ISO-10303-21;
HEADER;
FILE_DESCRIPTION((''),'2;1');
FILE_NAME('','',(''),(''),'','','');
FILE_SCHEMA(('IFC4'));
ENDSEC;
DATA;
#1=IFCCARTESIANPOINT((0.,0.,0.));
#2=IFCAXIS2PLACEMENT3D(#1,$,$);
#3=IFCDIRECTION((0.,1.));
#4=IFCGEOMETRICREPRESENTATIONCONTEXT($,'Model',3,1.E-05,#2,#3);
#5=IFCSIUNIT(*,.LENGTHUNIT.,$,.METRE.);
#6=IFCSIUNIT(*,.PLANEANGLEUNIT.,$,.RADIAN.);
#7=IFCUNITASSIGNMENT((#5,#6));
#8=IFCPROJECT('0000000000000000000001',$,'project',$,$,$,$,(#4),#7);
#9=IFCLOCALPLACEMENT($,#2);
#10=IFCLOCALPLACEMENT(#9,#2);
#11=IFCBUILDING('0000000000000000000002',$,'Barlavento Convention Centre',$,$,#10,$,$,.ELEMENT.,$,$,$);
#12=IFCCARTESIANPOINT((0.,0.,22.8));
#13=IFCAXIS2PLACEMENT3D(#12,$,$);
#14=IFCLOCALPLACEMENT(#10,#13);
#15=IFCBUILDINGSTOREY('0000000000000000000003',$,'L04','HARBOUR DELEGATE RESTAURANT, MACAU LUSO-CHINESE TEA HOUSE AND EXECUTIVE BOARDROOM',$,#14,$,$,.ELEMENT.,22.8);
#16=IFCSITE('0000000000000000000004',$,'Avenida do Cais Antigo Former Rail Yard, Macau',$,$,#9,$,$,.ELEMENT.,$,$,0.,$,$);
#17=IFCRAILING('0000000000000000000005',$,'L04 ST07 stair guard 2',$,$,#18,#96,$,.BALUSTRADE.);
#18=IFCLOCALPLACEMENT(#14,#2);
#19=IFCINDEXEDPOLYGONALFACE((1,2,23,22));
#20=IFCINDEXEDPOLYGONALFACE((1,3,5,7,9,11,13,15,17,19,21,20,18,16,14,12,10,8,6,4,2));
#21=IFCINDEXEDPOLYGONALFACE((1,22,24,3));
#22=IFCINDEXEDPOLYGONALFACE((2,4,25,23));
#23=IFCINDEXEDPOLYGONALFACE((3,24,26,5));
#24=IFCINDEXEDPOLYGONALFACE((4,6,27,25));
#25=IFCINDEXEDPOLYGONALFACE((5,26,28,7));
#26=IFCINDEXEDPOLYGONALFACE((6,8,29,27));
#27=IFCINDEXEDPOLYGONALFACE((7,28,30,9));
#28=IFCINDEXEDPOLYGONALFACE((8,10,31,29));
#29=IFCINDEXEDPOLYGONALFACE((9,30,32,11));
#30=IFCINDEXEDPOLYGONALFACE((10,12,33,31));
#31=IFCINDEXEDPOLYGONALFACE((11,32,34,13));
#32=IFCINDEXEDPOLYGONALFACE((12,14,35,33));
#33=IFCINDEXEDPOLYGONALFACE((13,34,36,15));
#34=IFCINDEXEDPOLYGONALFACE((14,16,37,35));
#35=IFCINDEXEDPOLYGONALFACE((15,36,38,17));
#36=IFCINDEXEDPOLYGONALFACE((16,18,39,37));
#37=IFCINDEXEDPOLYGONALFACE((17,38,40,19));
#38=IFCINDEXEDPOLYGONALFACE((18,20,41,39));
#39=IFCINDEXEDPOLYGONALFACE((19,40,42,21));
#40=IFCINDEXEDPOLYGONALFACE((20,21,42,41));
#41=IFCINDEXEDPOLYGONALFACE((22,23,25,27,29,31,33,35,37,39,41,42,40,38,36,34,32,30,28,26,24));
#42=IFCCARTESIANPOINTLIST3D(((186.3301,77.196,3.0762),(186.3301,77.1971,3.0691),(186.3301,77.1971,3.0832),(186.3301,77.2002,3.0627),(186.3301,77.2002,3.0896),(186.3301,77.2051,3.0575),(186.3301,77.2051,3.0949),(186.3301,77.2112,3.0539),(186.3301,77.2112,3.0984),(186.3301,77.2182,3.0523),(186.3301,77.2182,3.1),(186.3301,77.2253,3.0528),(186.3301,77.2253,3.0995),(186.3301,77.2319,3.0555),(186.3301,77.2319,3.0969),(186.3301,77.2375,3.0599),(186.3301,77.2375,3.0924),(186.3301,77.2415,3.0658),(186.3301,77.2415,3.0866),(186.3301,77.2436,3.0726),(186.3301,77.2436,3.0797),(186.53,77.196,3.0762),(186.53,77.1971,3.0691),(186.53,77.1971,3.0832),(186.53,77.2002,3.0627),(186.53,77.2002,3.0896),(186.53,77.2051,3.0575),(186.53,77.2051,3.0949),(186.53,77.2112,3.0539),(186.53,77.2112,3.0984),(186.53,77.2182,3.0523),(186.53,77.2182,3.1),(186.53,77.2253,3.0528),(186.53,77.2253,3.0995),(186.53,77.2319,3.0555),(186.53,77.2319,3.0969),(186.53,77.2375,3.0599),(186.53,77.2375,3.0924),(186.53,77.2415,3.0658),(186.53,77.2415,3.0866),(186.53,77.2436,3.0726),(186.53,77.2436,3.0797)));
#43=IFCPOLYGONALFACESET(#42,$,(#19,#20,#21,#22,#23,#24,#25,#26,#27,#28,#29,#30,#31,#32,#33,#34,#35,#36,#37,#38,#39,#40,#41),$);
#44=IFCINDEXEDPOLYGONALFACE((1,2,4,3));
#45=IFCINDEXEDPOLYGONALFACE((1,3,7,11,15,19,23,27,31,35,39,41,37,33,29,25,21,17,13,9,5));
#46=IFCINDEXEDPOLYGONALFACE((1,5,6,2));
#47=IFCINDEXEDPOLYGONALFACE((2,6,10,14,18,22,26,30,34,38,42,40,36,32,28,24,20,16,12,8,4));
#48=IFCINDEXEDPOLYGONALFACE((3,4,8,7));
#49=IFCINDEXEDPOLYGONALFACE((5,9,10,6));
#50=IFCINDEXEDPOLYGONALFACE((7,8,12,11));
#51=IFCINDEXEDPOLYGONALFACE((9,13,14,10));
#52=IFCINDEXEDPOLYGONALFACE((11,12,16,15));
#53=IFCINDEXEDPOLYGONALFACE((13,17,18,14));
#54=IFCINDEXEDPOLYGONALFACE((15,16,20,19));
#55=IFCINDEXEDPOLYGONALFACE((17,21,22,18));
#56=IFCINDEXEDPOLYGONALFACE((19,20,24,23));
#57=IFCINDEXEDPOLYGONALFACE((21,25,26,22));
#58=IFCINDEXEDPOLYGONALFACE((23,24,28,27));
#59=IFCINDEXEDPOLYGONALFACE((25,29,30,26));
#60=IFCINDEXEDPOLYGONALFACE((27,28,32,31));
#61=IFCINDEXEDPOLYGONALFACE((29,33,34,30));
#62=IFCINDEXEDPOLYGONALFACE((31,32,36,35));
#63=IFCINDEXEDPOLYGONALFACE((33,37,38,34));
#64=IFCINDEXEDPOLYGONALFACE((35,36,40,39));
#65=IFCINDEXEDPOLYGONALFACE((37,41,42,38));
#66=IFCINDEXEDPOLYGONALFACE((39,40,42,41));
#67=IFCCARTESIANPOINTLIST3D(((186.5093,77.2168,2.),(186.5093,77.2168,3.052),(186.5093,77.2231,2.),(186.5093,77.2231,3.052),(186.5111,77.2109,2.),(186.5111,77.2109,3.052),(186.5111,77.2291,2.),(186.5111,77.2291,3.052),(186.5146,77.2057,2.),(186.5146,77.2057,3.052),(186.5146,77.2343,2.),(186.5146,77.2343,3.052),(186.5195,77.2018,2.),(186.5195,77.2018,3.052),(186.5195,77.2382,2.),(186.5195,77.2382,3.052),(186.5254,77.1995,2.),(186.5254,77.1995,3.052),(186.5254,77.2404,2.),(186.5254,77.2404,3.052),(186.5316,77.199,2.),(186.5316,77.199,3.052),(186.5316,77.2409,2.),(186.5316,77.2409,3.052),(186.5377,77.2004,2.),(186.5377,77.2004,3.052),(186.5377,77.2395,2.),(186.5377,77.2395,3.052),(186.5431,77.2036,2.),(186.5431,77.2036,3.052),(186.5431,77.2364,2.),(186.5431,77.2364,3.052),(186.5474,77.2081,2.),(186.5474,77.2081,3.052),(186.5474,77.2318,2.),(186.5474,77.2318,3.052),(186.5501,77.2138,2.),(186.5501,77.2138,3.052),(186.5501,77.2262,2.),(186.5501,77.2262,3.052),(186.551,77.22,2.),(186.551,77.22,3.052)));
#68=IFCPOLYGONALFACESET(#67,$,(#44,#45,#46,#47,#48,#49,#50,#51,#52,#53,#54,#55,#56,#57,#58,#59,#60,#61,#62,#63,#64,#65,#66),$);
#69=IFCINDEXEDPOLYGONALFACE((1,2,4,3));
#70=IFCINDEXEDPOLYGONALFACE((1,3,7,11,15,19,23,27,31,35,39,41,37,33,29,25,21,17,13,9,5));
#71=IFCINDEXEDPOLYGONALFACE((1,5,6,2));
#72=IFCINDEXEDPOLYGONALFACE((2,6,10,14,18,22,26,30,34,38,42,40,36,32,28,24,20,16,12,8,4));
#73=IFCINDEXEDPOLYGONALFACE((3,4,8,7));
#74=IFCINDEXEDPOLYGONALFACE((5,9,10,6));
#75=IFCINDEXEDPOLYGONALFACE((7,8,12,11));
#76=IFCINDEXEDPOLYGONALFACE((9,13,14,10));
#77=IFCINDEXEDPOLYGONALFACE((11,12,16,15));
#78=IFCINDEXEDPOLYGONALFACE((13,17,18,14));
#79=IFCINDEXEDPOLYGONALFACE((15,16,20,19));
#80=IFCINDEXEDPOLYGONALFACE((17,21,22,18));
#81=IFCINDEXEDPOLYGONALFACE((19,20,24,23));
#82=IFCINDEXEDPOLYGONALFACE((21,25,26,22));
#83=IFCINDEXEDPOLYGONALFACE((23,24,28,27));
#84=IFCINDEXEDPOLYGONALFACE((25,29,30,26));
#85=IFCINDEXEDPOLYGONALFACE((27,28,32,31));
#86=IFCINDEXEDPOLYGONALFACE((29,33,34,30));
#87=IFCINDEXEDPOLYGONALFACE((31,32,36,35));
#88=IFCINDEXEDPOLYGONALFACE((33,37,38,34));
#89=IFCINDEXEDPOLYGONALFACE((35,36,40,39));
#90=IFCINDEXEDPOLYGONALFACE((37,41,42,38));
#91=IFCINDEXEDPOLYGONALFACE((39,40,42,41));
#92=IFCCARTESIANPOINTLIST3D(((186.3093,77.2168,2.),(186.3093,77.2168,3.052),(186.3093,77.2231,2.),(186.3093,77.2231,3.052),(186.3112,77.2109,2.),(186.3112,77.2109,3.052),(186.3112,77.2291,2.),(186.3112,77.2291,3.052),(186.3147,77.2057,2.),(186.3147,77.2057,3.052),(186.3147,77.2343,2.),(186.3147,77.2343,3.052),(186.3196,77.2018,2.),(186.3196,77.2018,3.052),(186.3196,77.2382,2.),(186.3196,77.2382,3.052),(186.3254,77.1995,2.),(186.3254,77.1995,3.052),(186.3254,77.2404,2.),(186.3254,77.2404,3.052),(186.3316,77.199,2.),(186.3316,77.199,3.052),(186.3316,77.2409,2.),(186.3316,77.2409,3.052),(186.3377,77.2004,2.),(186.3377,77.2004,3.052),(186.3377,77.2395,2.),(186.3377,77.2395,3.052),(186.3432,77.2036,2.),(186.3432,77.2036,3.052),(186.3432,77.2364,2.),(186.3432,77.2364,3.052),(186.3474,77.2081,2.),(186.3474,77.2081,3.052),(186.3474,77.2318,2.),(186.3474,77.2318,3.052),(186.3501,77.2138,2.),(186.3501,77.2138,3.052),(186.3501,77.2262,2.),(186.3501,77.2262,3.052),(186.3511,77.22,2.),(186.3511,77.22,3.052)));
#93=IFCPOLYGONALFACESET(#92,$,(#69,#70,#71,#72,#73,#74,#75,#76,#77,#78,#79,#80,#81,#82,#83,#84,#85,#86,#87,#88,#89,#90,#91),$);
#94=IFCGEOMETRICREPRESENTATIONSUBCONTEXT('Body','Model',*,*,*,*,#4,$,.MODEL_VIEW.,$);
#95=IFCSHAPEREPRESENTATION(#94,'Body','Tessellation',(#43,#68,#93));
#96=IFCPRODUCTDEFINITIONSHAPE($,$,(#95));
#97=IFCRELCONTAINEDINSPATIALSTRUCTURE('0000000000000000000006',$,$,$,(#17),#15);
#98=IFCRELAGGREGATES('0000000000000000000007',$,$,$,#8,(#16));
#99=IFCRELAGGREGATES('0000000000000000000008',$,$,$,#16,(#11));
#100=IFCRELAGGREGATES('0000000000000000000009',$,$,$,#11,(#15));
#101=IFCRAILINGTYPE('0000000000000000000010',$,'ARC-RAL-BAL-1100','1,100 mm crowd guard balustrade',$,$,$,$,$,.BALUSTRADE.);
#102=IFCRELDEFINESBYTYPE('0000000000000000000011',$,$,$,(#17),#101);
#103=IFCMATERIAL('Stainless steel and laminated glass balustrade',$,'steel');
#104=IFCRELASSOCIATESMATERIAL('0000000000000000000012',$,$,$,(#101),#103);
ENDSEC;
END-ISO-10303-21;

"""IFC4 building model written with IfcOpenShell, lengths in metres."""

from ifc_helpers import new_model, si_unit, direction, frame, origin, origin_2d, place, context, subcontext, project, spatial, circle, extrude, material, type_object, element, save


model = new_model("IFC4")

# Units and contexts
model_context = context("Model", 3, precision=1e-05, world=origin(), true_north=direction((0.0, 1.0)))
body_context = subcontext(model_context, "Body", "Model", "MODEL_VIEW")
ifc_project = project(units=[si_unit("LENGTHUNIT", "METRE"), si_unit("PLANEANGLEUNIT", "RADIAN")], contexts=[model_context])

# Site, building, storey
site_placement = place(None, origin())
site = spatial("IfcSite", under=ifc_project, at=site_placement, Name="Avenida do Cais Antigo Former Rail Yard, Macau", CompositionType="ELEMENT", RefElevation=0.0)
building_placement = place(site_placement, origin())
building = spatial("IfcBuilding", under=site, at=building_placement, Name="Barlavento Convention Centre", CompositionType="ELEMENT")
storey_placement = place(building_placement, frame((0.0, 0.0, 22.8)))
storey = spatial("IfcBuildingStorey", under=building, at=storey_placement, Name="L04", Description="HARBOUR DELEGATE RESTAURANT, MACAU LUSO-CHINESE TEA HOUSE AND EXECUTIVE BOARDROOM", CompositionType="ELEMENT", Elevation=22.8)

# Railing
ifc_material_1 = material(Name="Stainless steel and laminated glass balustrade", Category="steel")
railing_type_1 = type_object("IfcRailingType", Name="ARC-RAL-BAL-1100", Description="1,100 mm crowd guard balustrade", PredefinedType="BALUSTRADE", material=ifc_material_1)
railing_1_placement = place(storey_placement, frame((186.53, 77.22, 2.0)))
element("IfcRailing", 1, at=railing_1_placement, inside=storey, type_object=railing_type_1, Name="L04 ST07 stair guard 2", PredefinedType="BALUSTRADE", context=body_context, shape_type="SweptSolid", body=[
    extrude(circle(Radius=0.0239, at=origin_2d()), frame((0.0, 0.0, 1.0762), z_axis=(-1.0, 0.0, 0.0), x_axis=(0.0, -1.0, 0.0)), (0.0, 0.0, 1.0), 0.2),
    extrude(circle(Radius=0.021, at=origin_2d()), origin(), (0.0, 0.0, 1.0), 1.052),
    extrude(circle(Radius=0.021, at=origin_2d()), frame((-0.2, 0.0, 0.0)), (0.0, 0.0, 1.0), 1.052),
])

save(model, "model.ifc")
